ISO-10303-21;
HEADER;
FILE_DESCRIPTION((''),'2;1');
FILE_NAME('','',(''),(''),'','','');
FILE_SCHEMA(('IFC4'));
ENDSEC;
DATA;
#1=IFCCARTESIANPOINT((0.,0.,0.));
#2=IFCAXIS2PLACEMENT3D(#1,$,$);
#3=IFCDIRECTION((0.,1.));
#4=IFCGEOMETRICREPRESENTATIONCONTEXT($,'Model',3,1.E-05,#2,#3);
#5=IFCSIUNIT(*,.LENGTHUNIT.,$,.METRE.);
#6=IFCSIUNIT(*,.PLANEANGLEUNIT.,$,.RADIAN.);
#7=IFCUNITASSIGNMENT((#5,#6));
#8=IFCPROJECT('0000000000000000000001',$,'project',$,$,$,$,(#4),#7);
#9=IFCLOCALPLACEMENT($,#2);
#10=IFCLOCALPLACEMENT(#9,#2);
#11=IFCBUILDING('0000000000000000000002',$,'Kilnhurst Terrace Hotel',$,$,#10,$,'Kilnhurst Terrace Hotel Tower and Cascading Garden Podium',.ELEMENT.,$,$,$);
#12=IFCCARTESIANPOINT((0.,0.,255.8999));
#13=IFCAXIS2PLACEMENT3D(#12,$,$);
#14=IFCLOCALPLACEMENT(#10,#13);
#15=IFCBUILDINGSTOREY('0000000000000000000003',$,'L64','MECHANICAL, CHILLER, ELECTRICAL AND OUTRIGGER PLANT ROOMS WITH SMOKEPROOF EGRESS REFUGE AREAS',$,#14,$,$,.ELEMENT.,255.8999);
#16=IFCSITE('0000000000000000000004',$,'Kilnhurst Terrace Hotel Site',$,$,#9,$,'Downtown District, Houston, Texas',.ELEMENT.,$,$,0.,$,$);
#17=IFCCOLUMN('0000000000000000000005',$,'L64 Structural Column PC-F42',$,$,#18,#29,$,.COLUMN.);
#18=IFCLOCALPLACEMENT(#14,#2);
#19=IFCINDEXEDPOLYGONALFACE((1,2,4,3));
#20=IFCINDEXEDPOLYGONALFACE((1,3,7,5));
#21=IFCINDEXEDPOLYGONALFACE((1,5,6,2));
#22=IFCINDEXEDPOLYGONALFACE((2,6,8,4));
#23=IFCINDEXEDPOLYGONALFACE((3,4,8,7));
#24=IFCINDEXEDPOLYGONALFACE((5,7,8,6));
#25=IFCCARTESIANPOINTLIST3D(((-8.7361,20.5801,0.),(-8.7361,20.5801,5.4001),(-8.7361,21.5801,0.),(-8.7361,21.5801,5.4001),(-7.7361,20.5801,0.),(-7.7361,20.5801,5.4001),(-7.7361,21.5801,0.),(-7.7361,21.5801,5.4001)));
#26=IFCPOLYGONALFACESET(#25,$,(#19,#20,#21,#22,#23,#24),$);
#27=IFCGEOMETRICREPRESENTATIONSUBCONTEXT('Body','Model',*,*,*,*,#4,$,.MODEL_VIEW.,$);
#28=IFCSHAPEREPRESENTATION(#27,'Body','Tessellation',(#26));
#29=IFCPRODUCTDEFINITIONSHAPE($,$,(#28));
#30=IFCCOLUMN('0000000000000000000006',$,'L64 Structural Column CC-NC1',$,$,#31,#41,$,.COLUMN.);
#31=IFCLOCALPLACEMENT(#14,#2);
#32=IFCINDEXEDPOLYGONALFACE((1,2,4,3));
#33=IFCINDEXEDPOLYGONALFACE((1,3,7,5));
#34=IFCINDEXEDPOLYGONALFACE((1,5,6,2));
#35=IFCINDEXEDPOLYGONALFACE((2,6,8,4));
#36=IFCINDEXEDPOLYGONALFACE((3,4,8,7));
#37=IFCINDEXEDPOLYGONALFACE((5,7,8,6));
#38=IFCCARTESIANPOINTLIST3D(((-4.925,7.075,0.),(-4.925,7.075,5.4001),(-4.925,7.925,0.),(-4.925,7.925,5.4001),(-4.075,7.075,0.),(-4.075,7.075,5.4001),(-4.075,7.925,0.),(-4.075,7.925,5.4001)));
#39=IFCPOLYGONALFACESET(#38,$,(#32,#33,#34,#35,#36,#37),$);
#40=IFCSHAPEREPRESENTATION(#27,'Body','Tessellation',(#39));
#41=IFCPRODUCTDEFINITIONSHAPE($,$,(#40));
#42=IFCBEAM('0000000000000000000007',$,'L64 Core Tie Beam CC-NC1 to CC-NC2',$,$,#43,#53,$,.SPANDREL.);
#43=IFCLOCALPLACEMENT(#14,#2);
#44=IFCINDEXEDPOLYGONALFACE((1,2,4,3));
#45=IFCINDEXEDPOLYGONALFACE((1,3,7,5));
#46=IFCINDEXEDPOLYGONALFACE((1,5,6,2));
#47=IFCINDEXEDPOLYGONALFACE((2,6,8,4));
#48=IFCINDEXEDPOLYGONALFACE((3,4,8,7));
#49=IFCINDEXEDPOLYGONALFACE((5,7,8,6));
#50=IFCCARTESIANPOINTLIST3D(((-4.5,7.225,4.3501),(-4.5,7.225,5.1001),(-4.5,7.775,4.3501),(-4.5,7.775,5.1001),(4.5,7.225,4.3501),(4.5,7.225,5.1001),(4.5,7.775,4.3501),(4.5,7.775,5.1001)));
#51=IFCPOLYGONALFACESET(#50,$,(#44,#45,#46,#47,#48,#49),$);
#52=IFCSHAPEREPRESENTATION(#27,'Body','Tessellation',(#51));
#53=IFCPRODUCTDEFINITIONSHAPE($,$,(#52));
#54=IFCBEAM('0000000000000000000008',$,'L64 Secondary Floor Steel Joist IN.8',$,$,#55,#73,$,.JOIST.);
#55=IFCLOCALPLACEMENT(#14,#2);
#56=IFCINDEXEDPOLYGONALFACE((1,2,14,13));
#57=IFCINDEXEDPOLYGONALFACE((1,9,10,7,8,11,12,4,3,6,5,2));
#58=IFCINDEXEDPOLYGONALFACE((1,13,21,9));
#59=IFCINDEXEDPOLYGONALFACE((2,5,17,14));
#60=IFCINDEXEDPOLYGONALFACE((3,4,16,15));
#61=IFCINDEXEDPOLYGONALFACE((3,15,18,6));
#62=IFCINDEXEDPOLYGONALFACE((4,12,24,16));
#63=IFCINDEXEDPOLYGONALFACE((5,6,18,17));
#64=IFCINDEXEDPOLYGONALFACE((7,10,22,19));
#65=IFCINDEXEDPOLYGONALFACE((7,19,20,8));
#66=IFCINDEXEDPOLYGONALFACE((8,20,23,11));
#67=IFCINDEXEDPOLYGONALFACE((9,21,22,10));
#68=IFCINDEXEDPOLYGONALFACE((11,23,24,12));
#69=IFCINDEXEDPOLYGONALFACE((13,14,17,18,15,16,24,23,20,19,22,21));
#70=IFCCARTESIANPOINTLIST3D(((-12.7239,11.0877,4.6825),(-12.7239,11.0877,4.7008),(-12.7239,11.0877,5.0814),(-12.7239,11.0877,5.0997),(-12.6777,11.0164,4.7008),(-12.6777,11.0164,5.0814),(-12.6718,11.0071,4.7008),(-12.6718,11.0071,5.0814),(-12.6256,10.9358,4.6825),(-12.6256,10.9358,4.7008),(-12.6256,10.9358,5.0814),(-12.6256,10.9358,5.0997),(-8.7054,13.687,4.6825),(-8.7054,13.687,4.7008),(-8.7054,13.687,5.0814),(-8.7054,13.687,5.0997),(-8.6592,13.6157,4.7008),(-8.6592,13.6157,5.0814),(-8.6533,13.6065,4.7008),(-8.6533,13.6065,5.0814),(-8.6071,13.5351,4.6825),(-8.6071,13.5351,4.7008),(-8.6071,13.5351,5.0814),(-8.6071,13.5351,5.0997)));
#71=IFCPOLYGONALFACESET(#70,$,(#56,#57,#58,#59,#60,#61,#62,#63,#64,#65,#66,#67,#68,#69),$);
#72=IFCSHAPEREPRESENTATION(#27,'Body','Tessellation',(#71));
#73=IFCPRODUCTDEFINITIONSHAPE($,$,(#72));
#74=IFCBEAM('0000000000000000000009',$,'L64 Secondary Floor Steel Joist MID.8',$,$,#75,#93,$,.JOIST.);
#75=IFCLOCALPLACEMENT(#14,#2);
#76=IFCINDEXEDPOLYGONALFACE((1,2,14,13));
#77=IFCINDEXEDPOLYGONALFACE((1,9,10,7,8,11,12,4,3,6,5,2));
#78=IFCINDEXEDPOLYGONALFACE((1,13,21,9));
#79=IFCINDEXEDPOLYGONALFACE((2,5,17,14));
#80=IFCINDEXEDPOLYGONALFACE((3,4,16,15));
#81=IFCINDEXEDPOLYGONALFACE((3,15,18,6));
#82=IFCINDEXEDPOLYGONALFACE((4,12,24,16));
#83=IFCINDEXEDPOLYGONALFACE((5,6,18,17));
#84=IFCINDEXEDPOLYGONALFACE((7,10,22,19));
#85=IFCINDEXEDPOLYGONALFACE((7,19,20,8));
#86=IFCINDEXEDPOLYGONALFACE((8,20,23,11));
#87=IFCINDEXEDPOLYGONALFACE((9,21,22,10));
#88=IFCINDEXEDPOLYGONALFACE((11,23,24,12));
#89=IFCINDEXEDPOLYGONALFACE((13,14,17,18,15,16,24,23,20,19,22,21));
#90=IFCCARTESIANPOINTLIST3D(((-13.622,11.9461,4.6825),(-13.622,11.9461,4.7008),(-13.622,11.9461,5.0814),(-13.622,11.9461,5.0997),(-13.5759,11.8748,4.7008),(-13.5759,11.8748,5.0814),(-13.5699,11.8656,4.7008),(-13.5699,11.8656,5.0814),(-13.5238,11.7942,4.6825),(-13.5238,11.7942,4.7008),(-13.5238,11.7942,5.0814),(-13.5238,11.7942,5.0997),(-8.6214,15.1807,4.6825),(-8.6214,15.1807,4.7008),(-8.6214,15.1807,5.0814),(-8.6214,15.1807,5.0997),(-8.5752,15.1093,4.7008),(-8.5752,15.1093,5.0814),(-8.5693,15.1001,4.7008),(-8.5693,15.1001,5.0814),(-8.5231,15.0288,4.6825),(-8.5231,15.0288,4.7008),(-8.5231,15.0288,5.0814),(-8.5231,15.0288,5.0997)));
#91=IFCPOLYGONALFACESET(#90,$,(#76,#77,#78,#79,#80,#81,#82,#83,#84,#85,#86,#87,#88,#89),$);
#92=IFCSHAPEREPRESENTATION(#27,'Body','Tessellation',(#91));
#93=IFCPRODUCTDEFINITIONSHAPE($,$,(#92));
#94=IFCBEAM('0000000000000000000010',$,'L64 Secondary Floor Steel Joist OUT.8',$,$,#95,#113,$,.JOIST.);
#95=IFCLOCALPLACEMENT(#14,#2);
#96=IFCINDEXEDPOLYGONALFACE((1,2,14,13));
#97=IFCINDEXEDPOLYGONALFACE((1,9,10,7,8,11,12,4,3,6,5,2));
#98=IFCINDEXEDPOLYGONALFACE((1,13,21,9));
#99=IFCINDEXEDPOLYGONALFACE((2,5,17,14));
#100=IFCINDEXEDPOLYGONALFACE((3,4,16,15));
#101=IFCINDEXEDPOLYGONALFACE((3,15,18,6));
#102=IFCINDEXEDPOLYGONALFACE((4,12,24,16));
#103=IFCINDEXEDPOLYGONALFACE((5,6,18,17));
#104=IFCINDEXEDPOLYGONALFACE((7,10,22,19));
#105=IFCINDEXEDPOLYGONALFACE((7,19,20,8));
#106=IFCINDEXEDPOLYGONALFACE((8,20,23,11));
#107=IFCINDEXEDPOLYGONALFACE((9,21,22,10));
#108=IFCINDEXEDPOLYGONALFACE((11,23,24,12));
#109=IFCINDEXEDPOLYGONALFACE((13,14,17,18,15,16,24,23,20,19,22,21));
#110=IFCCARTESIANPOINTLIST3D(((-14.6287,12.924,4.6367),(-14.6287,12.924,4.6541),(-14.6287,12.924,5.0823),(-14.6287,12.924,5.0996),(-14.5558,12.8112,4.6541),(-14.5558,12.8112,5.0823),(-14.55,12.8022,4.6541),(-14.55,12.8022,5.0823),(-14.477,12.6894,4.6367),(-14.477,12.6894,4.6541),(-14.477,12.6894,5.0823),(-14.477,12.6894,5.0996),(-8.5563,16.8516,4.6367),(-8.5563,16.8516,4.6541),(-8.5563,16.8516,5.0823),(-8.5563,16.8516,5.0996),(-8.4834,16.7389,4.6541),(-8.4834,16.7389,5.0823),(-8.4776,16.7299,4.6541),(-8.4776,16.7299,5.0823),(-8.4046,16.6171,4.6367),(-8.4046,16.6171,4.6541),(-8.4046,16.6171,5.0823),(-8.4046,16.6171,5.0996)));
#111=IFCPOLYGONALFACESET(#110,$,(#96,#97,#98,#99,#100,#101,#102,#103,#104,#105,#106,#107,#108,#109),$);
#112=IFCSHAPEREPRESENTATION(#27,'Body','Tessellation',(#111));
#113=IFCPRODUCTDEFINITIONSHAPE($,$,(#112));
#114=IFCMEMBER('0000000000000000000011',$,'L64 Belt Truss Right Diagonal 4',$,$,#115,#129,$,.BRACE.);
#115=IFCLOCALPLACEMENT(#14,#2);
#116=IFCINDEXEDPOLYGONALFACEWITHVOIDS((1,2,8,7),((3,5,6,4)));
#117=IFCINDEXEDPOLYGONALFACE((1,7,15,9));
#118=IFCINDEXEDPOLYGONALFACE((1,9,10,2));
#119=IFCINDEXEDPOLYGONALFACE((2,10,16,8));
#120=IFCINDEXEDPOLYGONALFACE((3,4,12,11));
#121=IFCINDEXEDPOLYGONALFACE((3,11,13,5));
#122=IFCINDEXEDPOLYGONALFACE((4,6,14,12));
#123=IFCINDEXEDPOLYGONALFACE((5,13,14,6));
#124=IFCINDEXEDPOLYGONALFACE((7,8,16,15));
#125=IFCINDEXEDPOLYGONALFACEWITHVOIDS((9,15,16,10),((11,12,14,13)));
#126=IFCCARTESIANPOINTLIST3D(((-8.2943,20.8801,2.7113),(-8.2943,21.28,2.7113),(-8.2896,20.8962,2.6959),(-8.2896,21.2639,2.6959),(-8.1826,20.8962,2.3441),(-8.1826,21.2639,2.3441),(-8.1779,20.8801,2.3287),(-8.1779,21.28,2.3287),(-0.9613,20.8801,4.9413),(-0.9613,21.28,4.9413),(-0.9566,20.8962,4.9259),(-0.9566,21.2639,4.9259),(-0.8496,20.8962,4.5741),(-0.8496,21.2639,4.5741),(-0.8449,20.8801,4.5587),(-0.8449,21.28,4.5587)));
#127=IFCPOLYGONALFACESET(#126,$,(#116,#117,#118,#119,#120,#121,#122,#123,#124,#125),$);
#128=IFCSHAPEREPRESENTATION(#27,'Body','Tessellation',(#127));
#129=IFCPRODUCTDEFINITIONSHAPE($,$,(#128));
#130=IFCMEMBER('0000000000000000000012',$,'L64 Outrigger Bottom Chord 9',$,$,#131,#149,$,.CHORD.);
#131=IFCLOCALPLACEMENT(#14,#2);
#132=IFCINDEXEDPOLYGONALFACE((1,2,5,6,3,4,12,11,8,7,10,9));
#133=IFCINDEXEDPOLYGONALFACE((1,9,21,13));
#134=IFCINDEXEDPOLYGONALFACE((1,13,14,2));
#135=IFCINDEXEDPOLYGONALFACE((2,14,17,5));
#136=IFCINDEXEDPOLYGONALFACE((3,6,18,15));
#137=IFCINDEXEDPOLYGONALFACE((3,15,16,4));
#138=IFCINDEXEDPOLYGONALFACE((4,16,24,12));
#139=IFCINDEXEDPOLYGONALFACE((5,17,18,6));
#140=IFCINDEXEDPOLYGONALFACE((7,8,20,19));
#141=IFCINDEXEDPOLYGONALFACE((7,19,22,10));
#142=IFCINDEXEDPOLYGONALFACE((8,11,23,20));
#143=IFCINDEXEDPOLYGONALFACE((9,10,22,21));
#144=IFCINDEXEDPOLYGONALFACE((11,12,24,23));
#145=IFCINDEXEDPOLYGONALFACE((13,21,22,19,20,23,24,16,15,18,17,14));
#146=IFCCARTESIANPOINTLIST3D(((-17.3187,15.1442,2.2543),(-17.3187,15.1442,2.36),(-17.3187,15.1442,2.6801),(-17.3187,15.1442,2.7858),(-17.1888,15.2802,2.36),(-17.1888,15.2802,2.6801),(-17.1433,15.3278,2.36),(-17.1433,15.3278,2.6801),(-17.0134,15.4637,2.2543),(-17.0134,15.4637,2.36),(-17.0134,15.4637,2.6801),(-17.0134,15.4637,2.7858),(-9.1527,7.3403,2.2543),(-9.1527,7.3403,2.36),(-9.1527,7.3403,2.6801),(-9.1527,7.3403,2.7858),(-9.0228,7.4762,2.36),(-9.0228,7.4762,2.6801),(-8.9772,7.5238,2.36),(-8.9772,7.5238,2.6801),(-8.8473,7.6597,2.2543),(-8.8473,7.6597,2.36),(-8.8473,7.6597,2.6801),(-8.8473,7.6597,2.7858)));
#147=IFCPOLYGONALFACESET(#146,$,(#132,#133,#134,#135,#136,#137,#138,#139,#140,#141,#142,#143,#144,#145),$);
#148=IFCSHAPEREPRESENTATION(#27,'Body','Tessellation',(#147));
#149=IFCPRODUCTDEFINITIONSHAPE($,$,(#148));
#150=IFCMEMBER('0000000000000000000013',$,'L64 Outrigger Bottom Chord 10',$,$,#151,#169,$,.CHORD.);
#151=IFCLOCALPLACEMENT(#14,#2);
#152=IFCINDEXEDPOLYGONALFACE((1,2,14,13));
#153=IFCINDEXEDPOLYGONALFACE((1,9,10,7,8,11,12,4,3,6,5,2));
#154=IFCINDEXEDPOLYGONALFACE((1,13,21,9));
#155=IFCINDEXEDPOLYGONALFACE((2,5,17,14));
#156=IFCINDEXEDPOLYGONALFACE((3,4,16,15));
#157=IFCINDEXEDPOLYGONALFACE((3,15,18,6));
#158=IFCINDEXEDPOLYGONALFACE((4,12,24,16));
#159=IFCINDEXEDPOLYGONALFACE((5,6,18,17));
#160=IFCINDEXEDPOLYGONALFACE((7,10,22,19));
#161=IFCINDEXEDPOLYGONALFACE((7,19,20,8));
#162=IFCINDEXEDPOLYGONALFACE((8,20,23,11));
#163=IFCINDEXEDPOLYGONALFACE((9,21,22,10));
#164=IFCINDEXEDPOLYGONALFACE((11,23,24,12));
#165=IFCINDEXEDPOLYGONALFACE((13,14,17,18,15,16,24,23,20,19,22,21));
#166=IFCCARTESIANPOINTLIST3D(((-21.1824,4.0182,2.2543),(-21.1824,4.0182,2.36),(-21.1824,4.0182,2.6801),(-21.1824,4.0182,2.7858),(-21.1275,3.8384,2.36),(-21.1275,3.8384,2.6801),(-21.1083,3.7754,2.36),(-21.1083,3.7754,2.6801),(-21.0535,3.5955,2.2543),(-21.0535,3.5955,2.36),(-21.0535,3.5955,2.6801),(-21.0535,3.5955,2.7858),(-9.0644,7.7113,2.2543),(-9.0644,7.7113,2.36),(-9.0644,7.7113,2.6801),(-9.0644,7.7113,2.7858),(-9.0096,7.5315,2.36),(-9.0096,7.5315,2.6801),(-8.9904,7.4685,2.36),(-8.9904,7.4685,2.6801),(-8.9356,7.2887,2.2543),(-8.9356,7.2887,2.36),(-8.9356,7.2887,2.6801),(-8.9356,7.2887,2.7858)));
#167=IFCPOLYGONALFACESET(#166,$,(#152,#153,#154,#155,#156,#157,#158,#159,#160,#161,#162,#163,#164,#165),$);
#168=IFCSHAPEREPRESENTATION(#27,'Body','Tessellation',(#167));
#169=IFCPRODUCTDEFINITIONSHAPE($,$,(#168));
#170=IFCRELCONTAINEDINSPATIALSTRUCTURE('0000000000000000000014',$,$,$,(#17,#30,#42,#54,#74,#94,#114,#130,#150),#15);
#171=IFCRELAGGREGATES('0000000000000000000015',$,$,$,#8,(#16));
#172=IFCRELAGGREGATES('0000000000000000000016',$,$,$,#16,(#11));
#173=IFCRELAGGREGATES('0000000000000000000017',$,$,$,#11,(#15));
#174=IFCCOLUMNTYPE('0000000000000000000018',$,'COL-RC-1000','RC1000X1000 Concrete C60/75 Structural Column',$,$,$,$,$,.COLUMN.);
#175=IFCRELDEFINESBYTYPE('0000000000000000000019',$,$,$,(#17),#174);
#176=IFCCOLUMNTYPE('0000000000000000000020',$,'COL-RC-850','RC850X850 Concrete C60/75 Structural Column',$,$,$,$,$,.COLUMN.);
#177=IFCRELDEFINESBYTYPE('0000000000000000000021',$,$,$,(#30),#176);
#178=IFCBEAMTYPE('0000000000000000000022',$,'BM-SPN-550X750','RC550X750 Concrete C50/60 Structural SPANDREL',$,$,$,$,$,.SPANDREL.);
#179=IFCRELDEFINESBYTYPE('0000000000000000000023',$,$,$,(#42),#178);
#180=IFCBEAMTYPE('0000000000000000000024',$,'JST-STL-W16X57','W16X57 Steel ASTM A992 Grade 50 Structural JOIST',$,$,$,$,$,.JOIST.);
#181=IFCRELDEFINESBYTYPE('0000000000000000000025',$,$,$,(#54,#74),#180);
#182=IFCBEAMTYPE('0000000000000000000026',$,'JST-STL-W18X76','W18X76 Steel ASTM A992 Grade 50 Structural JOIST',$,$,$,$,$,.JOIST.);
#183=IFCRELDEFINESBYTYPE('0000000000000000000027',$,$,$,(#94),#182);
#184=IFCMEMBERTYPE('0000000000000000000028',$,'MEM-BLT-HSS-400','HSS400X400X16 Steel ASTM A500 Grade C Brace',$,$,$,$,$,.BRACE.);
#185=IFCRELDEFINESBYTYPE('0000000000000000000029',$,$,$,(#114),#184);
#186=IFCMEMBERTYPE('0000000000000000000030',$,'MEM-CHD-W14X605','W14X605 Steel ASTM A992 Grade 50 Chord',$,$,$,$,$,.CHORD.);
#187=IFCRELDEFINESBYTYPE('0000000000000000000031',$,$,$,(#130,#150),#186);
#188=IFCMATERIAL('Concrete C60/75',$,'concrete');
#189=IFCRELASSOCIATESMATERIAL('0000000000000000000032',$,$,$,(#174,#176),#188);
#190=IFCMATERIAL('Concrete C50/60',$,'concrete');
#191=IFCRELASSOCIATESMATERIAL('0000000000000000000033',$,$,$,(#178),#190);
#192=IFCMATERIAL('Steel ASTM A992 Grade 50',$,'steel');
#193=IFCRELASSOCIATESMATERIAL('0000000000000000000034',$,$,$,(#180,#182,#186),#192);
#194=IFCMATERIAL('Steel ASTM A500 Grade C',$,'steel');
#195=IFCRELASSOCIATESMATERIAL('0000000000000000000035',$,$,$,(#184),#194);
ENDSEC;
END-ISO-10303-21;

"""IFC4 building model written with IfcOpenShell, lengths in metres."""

from ifc_helpers import new_model, si_unit, direction, frame, origin, origin_2d, place, context, subcontext, project, spatial, rectangle, hollow_rectangle, i_section, extrude, material, material_profile, profile_set, type_object, element, save


model = new_model("IFC4")

# Units and contexts
model_context = context("Model", 3, precision=1e-05, world=origin(), true_north=direction((0.0, 1.0)))
body_context = subcontext(model_context, "Body", "Model", "MODEL_VIEW")
ifc_project = project(units=[si_unit("LENGTHUNIT", "METRE"), si_unit("PLANEANGLEUNIT", "RADIAN")], contexts=[model_context])

# Site, building, storey
site_placement = place(None, origin())
site = spatial("IfcSite", under=ifc_project, at=site_placement, Name="Kilnhurst Terrace Hotel Site", LongName="Downtown District, Houston, Texas", CompositionType="ELEMENT", RefElevation=0.0)
building_placement = place(site_placement, origin())
building = spatial("IfcBuilding", under=site, at=building_placement, Name="Kilnhurst Terrace Hotel", LongName="Kilnhurst Terrace Hotel Tower and Cascading Garden Podium", CompositionType="ELEMENT")
storey_placement = place(building_placement, frame((0.0, 0.0, 255.8999)))
storey = spatial("IfcBuildingStorey", under=building, at=storey_placement, Name="L64", Description="MECHANICAL, CHILLER, ELECTRICAL AND OUTRIGGER PLANT ROOMS WITH SMOKEPROOF EGRESS REFUGE AREAS", CompositionType="ELEMENT", Elevation=255.8999)

# Columns
ifc_material_1 = material(Name="Concrete C60/75", Category="concrete")
ifc_material_profile_1 = material_profile(ifc_material_1, rectangle(XDim=1.0, YDim=1.0, at=origin_2d()), Name="RC1000X1000")
ifc_profile_set_1 = profile_set([ifc_material_profile_1], Name="Concrete C60/75")
column_type_1 = type_object("IfcColumnType", Name="COL-RC-1000", Description="RC1000X1000 Concrete C60/75 Structural Column", PredefinedType="COLUMN", material=ifc_profile_set_1)
column_1_placement = place(storey_placement, frame((-8.2361, 21.0801, 0.0), z_axis=(0.0, 0.0, 1.0), x_axis=(1.0, 0.0, 0.0)))
element("IfcColumn", 1, at=column_1_placement, inside=storey, type_object=column_type_1, Name="L64 Structural Column PC-F42", PredefinedType="COLUMN", context=body_context, shape_type="SweptSolid", body=[
    extrude(rectangle(XDim=1.0, YDim=1.0, at=origin_2d()), origin(), (0.0, 0.0, 1.0), 5.4001),
])
ifc_material_profile_2 = material_profile(ifc_material_1, rectangle(XDim=0.8501, YDim=0.8501, at=origin_2d()), Name="RC850X850")
ifc_profile_set_2 = profile_set([ifc_material_profile_2], Name="Concrete C60/75")
column_type_2 = type_object("IfcColumnType", Name="COL-RC-850", Description="RC850X850 Concrete C60/75 Structural Column", PredefinedType="COLUMN", material=ifc_profile_set_2)
column_2_placement = place(storey_placement, frame((-4.5, 7.5, 0.0), z_axis=(0.0, 0.0, 1.0), x_axis=(1.0, 0.0, 0.0)))
element("IfcColumn", 2, at=column_2_placement, inside=storey, type_object=column_type_2, Name="L64 Structural Column CC-NC1", PredefinedType="COLUMN", context=body_context, shape_type="SweptSolid", body=[
    extrude(rectangle(XDim=0.8501, YDim=0.8501, at=origin_2d()), origin(), (0.0, 0.0, 1.0), 5.4001),
])

# Beams
ifc_material_2 = material(Name="Concrete C50/60", Category="concrete")
ifc_material_profile_3 = material_profile(ifc_material_2, rectangle(XDim=0.55, YDim=0.75, at=origin_2d()), Name="RC550X750")
ifc_profile_set_3 = profile_set([ifc_material_profile_3], Name="Concrete C50/60")
beam_type_1 = type_object("IfcBeamType", Name="BM-SPN-550X750", Description="RC550X750 Concrete C50/60 Structural SPANDREL", PredefinedType="SPANDREL", material=ifc_profile_set_3)
beam_1_placement = place(storey_placement, frame((-4.5, 7.5, 4.7251), z_axis=(1.0, 0.0, 0.0), x_axis=(0.0, 1.0, 0.0)))
element("IfcBeam", 3, at=beam_1_placement, inside=storey, type_object=beam_type_1, Name="L64 Core Tie Beam CC-NC1 to CC-NC2", PredefinedType="SPANDREL", context=body_context, shape_type="SweptSolid", body=[
    extrude(rectangle(XDim=0.55, YDim=0.75, at=origin_2d()), origin(), (0.0, 0.0, 1.0), 9.0),
])
ifc_material_3 = material(Name="Steel ASTM A992 Grade 50", Category="steel")
ifc_material_profile_4 = material_profile(ifc_material_3, i_section(OverallWidth=0.1809, OverallDepth=0.4172, WebThickness=0.011, FlangeThickness=0.0183, at=origin_2d()), Name="W16X57")
ifc_profile_set_4 = profile_set([ifc_material_profile_4], Name="Steel ASTM A992 Grade 50")
beam_type_2 = type_object("IfcBeamType", Name="JST-STL-W16X57", Description="W16X57 Steel ASTM A992 Grade 50 Structural JOIST", PredefinedType="JOIST", material=ifc_profile_set_4)
beam_2_placement = place(storey_placement, frame((-8.6562, 13.6111, 4.8911), z_axis=(-0.839654, -0.543122, 0.0), x_axis=(0.543122, -0.839654, 0.0)))
element("IfcBeam", 4, at=beam_2_placement, inside=storey, type_object=beam_type_2, Name="L64 Secondary Floor Steel Joist IN.8", PredefinedType="JOIST", context=body_context, shape_type="SweptSolid", body=[
    extrude(i_section(OverallWidth=0.1809, OverallDepth=0.4172, WebThickness=0.011, FlangeThickness=0.0183, at=origin_2d()), origin(), (0.0, 0.0, 1.0), 4.7859),
])
beam_3_placement = place(storey_placement, frame((-8.5723, 15.1047, 4.8911), z_axis=(-0.839658, -0.543115, 0.0), x_axis=(0.543115, -0.839658, 0.0)))
element("IfcBeam", 5, at=beam_3_placement, inside=storey, type_object=beam_type_2, Name="L64 Secondary Floor Steel Joist MID.8", PredefinedType="JOIST", context=body_context, shape_type="SweptSolid", body=[
    extrude(i_section(OverallWidth=0.1809, OverallDepth=0.4172, WebThickness=0.011, FlangeThickness=0.0183, at=origin_2d()), origin(), (0.0, 0.0, 1.0), 5.9556),
])
ifc_material_profile_5 = material_profile(ifc_material_3, i_section(OverallWidth=0.2793, OverallDepth=0.4629, WebThickness=0.0107, FlangeThickness=0.0173, at=origin_2d()), Name="W18X76")
ifc_profile_set_5 = profile_set([ifc_material_profile_5], Name="Steel ASTM A992 Grade 50")
beam_type_3 = type_object("IfcBeamType", Name="JST-STL-W18X76", Description="W18X76 Steel ASTM A992 Grade 50 Structural JOIST", PredefinedType="JOIST", material=ifc_profile_set_5)
beam_4_placement = place(storey_placement, frame((-8.4805, 16.7344, 4.8682), z_axis=(-0.839667, -0.543101, 0.0), x_axis=(0.543101, -0.839667, 0.0)))
element("IfcBeam", 6, at=beam_4_placement, inside=storey, type_object=beam_type_3, Name="L64 Secondary Floor Steel Joist OUT.8", PredefinedType="JOIST", context=body_context, shape_type="SweptSolid", body=[
    extrude(i_section(OverallWidth=0.2793, OverallDepth=0.4629, WebThickness=0.0107, FlangeThickness=0.0173, at=origin_2d()), origin(), (0.0, 0.0, 1.0), 7.2319),
])

# Members
ifc_material_4 = material(Name="Steel ASTM A500 Grade C", Category="steel")
ifc_material_profile_6 = material_profile(ifc_material_4, hollow_rectangle(XDim=0.3999, YDim=0.3999, WallThickness=0.0161, at=origin_2d()), Name="HSS400X400X16")
ifc_profile_set_6 = profile_set([ifc_material_profile_6], Name="Steel ASTM A500 Grade C")
member_type_1 = type_object("IfcMemberType", Name="MEM-BLT-HSS-400", Description="HSS400X400X16 Steel ASTM A500 Grade C Brace", PredefinedType="BRACE", material=ifc_profile_set_6)
member_1_placement = place(storey_placement, frame((-8.2361, 21.0801, 2.52), z_axis=(0.956739, 0.0, 0.290946), x_axis=(0.0, 1.0, 0.0)))
element("IfcMember", 7, at=member_1_placement, inside=storey, type_object=member_type_1, Name="L64 Belt Truss Right Diagonal 4", PredefinedType="BRACE", context=body_context, shape_type="SweptSolid", body=[
    extrude(hollow_rectangle(XDim=0.3999, YDim=0.3999, WallThickness=0.0161, at=origin_2d()), origin(), (0.0, 0.0, 1.0), 7.6646),
])
ifc_material_profile_7 = material_profile(ifc_material_3, i_section(OverallWidth=0.4419, OverallDepth=0.5315, WebThickness=0.0659, FlangeThickness=0.1057, at=origin_2d()), Name="W14X605")
ifc_profile_set_7 = profile_set([ifc_material_profile_7], Name="Steel ASTM A992 Grade 50")
member_type_2 = type_object("IfcMemberType", Name="MEM-CHD-W14X605", Description="W14X605 Steel ASTM A992 Grade 50 Chord", PredefinedType="CHORD", material=ifc_profile_set_7)
member_2_placement = place(storey_placement, frame((-9.0, 7.5, 2.52), z_axis=(-0.722952, 0.690898, 0.0), x_axis=(-0.690898, -0.722952, 0.0)))
element("IfcMember", 8, at=member_2_placement, inside=storey, type_object=member_type_2, Name="L64 Outrigger Bottom Chord 9", PredefinedType="CHORD", context=body_context, shape_type="SweptSolid", body=[
    extrude(i_section(OverallWidth=0.4419, OverallDepth=0.5315, WebThickness=0.0659, FlangeThickness=0.1057, at=origin_2d()), origin(), (0.0, 0.0, 1.0), 11.2954),
])
member_3_placement = place(storey_placement, frame((-9.0, 7.5, 2.52), z_axis=(-0.956563, -0.291527, 0.0), x_axis=(0.291527, -0.956563, 0.0)))
element("IfcMember", 9, at=member_3_placement, inside=storey, type_object=member_type_2, Name="L64 Outrigger Bottom Chord 10", PredefinedType="CHORD", context=body_context, shape_type="SweptSolid", body=[
    extrude(i_section(OverallWidth=0.4419, OverallDepth=0.5315, WebThickness=0.0659, FlangeThickness=0.1057, at=origin_2d()), origin(), (0.0, 0.0, 1.0), 12.6682),
])

save(model, "model.ifc")
